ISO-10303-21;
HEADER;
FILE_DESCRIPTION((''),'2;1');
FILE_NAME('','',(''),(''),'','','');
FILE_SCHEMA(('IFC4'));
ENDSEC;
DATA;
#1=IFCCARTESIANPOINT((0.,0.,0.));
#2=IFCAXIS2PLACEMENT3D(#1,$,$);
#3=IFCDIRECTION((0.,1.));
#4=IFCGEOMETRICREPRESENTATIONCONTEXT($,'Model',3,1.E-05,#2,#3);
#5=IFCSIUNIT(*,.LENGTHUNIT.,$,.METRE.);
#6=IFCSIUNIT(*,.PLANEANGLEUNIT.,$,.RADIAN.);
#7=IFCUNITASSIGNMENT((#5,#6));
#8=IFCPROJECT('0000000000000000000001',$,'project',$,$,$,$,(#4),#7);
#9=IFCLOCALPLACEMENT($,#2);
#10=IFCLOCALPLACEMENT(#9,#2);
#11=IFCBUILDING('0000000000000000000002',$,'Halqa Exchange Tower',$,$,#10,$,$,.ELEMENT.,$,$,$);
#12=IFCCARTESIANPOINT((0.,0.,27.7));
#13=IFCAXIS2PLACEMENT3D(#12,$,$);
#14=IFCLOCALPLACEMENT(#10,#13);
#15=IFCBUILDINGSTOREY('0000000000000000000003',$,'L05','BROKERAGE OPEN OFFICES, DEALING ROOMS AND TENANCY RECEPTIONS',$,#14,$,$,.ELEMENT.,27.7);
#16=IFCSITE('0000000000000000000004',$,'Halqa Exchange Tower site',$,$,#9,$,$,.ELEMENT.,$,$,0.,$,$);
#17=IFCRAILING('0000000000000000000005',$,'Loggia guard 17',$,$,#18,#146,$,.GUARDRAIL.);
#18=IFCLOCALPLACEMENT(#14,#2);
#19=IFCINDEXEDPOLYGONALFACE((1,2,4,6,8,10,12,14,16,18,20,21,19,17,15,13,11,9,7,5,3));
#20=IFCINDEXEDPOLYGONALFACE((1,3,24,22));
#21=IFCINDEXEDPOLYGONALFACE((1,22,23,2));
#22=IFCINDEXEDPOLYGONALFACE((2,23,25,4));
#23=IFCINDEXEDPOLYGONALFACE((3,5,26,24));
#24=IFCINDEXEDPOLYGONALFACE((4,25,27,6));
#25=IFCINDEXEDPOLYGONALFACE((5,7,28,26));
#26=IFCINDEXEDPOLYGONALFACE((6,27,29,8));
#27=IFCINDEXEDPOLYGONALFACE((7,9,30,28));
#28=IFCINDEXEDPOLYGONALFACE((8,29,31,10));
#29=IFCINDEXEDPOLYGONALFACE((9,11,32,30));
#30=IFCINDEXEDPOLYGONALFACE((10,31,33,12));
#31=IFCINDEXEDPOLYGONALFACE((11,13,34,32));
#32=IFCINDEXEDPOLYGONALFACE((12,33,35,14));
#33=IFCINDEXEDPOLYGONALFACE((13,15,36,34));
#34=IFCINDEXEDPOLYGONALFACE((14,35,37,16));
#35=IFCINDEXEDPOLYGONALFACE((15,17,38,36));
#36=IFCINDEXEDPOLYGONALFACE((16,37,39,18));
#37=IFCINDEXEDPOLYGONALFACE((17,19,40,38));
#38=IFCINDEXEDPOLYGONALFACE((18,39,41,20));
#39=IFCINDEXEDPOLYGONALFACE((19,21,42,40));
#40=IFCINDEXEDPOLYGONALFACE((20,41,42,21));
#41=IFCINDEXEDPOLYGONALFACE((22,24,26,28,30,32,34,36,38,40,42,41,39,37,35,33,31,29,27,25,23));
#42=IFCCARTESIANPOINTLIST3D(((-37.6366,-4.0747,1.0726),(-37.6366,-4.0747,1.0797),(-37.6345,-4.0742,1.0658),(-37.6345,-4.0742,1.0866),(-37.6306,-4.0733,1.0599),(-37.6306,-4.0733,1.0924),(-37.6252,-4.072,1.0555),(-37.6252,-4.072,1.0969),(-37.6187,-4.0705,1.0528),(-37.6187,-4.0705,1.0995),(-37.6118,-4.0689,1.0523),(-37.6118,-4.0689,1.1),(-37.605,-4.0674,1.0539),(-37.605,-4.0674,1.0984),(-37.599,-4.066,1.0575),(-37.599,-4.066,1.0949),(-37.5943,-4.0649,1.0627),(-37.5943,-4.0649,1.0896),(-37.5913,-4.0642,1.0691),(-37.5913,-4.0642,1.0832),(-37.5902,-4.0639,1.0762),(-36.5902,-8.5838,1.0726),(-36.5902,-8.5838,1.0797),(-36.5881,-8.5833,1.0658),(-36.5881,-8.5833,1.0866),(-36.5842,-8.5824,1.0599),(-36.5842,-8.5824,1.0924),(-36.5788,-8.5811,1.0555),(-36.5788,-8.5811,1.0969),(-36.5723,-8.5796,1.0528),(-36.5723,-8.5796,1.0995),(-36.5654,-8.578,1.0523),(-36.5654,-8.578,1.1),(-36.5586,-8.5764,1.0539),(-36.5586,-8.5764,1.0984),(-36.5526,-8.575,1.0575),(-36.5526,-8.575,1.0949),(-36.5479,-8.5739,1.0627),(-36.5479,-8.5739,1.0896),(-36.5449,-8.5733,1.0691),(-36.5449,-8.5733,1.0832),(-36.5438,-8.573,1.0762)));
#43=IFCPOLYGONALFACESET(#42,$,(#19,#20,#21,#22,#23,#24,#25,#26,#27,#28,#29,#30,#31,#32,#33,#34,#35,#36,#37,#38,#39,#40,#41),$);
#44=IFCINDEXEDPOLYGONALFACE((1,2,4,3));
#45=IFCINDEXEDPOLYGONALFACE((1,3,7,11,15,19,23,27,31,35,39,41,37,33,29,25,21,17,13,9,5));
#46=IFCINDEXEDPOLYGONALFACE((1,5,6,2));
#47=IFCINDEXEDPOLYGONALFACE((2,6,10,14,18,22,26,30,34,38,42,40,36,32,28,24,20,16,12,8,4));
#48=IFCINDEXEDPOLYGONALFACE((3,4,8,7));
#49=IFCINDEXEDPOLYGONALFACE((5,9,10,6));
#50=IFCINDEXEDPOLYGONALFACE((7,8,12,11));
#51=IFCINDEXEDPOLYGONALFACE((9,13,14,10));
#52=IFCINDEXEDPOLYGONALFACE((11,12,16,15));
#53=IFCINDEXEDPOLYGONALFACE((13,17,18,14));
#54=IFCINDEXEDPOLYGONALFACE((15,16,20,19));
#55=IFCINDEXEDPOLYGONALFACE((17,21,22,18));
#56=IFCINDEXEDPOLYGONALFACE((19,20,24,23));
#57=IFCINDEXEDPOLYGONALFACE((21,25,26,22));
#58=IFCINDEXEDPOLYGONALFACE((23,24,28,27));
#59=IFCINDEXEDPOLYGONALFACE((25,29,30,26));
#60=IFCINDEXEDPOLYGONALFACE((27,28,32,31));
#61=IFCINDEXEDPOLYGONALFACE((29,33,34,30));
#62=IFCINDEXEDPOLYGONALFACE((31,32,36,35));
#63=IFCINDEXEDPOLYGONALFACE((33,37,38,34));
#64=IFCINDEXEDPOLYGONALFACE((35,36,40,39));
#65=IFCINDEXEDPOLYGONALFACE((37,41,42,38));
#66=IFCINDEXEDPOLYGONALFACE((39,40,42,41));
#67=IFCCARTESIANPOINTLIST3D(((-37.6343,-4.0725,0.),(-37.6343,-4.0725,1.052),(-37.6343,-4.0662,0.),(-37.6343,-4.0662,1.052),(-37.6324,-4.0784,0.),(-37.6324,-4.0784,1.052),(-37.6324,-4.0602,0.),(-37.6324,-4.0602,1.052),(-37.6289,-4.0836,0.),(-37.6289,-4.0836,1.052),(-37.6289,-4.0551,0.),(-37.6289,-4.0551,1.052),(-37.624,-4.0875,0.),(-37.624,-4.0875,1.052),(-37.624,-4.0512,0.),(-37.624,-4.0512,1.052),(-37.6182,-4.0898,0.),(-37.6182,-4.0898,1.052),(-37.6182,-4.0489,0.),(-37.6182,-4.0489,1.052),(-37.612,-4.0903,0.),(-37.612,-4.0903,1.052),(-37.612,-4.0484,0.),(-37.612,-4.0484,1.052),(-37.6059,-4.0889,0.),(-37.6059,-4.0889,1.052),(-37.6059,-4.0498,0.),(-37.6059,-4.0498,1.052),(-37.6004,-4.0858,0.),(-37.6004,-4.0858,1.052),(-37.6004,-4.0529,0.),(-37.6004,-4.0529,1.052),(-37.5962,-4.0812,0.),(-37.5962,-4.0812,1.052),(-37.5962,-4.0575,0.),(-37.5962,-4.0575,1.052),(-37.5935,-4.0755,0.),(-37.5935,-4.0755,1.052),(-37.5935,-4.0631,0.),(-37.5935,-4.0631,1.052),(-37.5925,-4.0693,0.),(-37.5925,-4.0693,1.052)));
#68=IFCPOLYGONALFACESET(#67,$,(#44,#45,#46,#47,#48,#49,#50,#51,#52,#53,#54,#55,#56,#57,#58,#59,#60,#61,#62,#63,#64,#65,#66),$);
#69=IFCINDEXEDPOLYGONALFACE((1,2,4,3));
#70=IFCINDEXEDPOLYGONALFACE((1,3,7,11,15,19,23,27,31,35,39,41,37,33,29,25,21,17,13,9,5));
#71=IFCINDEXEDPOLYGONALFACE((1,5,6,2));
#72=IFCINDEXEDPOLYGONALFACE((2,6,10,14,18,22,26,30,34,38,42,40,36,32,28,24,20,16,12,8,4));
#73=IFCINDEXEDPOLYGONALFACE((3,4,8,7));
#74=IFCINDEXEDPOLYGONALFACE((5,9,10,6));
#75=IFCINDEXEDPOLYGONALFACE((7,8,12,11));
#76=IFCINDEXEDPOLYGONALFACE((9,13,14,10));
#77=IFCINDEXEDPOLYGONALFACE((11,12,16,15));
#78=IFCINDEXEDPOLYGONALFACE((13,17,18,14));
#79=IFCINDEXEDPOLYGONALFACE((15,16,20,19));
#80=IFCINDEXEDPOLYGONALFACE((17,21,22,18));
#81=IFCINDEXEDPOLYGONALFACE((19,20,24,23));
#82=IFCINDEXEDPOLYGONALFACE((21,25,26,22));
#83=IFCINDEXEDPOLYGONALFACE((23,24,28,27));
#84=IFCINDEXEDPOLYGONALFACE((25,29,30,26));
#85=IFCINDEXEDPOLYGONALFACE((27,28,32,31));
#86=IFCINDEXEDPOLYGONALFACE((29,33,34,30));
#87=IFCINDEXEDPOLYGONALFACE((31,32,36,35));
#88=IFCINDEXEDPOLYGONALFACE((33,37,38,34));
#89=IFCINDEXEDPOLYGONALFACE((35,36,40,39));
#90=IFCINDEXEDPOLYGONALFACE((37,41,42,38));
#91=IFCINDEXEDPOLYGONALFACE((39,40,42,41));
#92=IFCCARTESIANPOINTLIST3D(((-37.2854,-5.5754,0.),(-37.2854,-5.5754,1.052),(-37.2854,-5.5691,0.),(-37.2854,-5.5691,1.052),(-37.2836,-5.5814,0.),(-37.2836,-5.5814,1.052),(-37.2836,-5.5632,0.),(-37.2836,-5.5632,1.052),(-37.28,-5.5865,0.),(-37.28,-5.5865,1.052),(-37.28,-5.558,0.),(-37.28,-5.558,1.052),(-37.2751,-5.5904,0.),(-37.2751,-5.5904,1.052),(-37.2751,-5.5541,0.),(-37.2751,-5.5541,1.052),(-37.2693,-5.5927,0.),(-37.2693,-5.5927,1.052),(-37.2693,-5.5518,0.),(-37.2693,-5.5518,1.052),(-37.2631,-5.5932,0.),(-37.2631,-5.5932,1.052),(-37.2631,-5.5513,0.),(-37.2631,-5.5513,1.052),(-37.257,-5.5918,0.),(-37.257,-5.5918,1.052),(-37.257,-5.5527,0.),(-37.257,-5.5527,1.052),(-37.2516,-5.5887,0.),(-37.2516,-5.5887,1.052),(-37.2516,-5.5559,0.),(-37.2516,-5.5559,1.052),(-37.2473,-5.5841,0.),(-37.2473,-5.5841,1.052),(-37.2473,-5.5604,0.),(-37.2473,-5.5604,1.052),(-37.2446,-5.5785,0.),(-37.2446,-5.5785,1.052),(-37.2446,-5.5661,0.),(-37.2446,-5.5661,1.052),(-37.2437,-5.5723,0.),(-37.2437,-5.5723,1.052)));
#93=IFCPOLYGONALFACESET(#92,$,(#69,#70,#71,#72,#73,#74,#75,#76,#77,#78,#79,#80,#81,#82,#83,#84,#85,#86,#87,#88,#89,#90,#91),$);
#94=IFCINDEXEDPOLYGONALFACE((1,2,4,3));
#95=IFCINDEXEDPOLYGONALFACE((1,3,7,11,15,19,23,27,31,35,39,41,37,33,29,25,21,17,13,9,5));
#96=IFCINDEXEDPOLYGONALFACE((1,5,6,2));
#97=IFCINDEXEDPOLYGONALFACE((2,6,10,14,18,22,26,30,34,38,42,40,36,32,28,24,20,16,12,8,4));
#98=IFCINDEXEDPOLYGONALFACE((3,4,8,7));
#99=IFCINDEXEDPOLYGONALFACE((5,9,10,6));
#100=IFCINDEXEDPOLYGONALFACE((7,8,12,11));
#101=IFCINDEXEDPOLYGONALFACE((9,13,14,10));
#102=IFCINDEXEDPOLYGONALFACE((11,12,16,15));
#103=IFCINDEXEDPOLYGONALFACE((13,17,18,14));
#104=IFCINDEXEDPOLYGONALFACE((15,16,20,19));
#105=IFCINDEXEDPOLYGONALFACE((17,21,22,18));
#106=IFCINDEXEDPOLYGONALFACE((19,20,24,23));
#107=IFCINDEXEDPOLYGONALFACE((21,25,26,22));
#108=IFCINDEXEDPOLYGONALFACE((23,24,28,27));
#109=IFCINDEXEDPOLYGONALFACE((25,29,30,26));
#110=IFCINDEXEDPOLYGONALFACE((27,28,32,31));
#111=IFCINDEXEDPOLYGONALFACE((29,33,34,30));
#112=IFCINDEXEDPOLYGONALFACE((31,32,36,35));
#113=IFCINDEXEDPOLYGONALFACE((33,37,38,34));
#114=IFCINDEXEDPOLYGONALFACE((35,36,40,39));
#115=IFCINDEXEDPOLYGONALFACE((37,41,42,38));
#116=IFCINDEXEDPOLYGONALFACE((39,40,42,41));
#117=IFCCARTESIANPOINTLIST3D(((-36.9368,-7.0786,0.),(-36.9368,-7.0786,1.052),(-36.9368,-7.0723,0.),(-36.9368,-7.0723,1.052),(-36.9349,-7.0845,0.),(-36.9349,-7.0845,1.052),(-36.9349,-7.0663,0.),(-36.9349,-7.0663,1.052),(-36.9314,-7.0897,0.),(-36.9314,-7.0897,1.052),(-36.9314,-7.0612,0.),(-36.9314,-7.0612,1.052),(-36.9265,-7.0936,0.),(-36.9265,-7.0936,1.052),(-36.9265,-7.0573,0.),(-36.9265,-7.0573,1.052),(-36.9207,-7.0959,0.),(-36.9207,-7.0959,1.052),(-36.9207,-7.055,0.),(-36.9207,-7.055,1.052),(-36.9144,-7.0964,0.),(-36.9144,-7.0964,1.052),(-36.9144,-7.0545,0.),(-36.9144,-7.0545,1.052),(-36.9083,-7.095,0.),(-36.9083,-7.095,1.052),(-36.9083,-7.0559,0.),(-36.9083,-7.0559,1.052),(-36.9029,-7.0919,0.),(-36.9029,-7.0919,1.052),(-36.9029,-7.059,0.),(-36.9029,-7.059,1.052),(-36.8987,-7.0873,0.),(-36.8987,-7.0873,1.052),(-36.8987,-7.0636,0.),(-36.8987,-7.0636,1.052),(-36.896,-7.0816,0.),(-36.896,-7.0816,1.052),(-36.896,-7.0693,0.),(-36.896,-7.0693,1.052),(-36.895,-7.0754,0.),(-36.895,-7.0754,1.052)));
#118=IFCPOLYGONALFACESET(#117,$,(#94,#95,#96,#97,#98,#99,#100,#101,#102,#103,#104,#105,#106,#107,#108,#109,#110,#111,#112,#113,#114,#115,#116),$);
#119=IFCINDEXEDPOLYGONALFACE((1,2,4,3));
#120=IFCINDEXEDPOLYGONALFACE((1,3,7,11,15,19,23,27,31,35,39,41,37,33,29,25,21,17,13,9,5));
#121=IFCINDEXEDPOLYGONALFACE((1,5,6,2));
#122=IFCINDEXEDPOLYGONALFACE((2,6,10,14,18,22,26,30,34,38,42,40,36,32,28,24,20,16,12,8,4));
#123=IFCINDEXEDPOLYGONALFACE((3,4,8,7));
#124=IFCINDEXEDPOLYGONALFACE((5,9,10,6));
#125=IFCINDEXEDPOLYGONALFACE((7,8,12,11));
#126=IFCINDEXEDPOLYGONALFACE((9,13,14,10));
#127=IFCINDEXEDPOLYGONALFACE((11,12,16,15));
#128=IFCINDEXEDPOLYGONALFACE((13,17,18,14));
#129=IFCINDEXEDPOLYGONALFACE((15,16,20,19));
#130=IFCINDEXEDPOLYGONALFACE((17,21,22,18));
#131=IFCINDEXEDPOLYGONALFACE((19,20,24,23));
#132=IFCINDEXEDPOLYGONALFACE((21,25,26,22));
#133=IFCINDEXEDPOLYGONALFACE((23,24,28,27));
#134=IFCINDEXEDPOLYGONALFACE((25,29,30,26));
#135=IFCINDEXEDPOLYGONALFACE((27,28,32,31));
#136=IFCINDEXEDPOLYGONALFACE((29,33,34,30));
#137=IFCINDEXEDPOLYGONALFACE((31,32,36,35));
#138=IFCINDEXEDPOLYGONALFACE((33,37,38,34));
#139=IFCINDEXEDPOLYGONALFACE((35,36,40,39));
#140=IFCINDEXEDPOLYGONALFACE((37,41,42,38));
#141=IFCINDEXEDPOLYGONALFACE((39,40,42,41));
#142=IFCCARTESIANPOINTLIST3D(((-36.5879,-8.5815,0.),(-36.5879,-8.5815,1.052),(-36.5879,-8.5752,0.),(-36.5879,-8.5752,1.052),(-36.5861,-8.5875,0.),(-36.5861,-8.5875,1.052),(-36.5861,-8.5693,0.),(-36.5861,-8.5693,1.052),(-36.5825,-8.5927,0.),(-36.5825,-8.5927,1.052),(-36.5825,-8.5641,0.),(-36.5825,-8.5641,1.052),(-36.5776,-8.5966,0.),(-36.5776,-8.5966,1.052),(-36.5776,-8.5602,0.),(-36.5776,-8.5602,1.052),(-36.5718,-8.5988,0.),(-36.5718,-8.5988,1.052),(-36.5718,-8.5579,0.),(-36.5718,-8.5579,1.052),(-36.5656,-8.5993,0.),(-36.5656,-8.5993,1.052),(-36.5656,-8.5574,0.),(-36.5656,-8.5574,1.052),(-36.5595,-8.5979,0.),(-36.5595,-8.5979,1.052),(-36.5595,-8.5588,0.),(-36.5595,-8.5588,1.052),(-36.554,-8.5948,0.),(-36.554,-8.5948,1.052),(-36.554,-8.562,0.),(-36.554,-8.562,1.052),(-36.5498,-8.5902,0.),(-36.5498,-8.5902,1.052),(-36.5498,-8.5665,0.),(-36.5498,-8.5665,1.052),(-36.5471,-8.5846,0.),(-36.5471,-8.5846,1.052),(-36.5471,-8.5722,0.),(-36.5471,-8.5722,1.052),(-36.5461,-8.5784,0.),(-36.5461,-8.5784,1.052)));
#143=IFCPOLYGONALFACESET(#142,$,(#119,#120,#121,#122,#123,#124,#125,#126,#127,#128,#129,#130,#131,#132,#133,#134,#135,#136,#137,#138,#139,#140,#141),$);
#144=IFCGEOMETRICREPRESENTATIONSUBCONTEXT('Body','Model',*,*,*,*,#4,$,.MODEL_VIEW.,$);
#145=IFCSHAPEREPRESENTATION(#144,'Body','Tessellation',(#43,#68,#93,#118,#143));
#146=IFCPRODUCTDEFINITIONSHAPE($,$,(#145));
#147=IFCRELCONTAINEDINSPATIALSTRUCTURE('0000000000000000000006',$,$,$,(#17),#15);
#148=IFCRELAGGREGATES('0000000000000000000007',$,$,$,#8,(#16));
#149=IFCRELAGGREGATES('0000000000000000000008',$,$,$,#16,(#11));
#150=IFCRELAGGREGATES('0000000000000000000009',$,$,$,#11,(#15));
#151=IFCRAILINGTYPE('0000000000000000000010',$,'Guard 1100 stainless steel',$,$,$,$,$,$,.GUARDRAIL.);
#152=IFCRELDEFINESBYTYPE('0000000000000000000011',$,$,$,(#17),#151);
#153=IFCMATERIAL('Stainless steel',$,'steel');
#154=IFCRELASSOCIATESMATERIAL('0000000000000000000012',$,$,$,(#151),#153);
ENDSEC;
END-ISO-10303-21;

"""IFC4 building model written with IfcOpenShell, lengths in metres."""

from ifc_helpers import new_model, si_unit, direction, frame, origin, origin_2d, place, context, subcontext, project, spatial, circle, extrude, material, type_object, element, save


model = new_model("IFC4")

# Units and contexts
model_context = context("Model", 3, precision=1e-05, world=origin(), true_north=direction((0.0, 1.0)))
body_context = subcontext(model_context, "Body", "Model", "MODEL_VIEW")
ifc_project = project(units=[si_unit("LENGTHUNIT", "METRE"), si_unit("PLANEANGLEUNIT", "RADIAN")], contexts=[model_context])

# Site, building, storey
site_placement = place(None, origin())
site = spatial("IfcSite", under=ifc_project, at=site_placement, Name="Halqa Exchange Tower site", CompositionType="ELEMENT", RefElevation=0.0)
building_placement = place(site_placement, origin())
building = spatial("IfcBuilding", under=site, at=building_placement, Name="Halqa Exchange Tower", CompositionType="ELEMENT")
storey_placement = place(building_placement, frame((0.0, 0.0, 27.7)))
storey = spatial("IfcBuildingStorey", under=building, at=storey_placement, Name="L05", Description="BROKERAGE OPEN OFFICES, DEALING ROOMS AND TENANCY RECEPTIONS", CompositionType="ELEMENT", Elevation=27.7)

# Railing
ifc_material_1 = material(Name="Stainless steel", Category="steel")
railing_type = type_object("IfcRailingType", Name="Guard 1100 stainless steel", PredefinedType="GUARDRAIL", material=ifc_material_1)
railing_1_placement = place(storey_placement, frame((-37.6135, -4.0693, 0.0)))
element("IfcRailing", 1, at=railing_1_placement, inside=storey, type_object=railing_type, Name="Loggia guard 17", PredefinedType="GUARDRAIL", context=body_context, shape_type="SweptSolid", body=[
    extrude(circle(Radius=0.0239, at=origin_2d()), frame((0.0, 0.0, 1.0762), z_axis=(0.226057, -0.974114, 0.0), x_axis=(0.974114, 0.226057, 0.0)), (0.0, 0.0, 1.0), 4.6289),
    extrude(circle(Radius=0.021, at=origin_2d()), origin(), (0.0, 0.0, 1.0), 1.052),
    extrude(circle(Radius=0.021, at=origin_2d()), frame((0.3489, -1.5029, 0.0)), (0.0, 0.0, 1.0), 1.052),
    extrude(circle(Radius=0.021, at=origin_2d()), frame((0.6975, -3.0061, 0.0)), (0.0, 0.0, 1.0), 1.052),
    extrude(circle(Radius=0.021, at=origin_2d()), frame((1.0464, -4.509, 0.0)), (0.0, 0.0, 1.0), 1.052),
])

save(model, "model.ifc")
